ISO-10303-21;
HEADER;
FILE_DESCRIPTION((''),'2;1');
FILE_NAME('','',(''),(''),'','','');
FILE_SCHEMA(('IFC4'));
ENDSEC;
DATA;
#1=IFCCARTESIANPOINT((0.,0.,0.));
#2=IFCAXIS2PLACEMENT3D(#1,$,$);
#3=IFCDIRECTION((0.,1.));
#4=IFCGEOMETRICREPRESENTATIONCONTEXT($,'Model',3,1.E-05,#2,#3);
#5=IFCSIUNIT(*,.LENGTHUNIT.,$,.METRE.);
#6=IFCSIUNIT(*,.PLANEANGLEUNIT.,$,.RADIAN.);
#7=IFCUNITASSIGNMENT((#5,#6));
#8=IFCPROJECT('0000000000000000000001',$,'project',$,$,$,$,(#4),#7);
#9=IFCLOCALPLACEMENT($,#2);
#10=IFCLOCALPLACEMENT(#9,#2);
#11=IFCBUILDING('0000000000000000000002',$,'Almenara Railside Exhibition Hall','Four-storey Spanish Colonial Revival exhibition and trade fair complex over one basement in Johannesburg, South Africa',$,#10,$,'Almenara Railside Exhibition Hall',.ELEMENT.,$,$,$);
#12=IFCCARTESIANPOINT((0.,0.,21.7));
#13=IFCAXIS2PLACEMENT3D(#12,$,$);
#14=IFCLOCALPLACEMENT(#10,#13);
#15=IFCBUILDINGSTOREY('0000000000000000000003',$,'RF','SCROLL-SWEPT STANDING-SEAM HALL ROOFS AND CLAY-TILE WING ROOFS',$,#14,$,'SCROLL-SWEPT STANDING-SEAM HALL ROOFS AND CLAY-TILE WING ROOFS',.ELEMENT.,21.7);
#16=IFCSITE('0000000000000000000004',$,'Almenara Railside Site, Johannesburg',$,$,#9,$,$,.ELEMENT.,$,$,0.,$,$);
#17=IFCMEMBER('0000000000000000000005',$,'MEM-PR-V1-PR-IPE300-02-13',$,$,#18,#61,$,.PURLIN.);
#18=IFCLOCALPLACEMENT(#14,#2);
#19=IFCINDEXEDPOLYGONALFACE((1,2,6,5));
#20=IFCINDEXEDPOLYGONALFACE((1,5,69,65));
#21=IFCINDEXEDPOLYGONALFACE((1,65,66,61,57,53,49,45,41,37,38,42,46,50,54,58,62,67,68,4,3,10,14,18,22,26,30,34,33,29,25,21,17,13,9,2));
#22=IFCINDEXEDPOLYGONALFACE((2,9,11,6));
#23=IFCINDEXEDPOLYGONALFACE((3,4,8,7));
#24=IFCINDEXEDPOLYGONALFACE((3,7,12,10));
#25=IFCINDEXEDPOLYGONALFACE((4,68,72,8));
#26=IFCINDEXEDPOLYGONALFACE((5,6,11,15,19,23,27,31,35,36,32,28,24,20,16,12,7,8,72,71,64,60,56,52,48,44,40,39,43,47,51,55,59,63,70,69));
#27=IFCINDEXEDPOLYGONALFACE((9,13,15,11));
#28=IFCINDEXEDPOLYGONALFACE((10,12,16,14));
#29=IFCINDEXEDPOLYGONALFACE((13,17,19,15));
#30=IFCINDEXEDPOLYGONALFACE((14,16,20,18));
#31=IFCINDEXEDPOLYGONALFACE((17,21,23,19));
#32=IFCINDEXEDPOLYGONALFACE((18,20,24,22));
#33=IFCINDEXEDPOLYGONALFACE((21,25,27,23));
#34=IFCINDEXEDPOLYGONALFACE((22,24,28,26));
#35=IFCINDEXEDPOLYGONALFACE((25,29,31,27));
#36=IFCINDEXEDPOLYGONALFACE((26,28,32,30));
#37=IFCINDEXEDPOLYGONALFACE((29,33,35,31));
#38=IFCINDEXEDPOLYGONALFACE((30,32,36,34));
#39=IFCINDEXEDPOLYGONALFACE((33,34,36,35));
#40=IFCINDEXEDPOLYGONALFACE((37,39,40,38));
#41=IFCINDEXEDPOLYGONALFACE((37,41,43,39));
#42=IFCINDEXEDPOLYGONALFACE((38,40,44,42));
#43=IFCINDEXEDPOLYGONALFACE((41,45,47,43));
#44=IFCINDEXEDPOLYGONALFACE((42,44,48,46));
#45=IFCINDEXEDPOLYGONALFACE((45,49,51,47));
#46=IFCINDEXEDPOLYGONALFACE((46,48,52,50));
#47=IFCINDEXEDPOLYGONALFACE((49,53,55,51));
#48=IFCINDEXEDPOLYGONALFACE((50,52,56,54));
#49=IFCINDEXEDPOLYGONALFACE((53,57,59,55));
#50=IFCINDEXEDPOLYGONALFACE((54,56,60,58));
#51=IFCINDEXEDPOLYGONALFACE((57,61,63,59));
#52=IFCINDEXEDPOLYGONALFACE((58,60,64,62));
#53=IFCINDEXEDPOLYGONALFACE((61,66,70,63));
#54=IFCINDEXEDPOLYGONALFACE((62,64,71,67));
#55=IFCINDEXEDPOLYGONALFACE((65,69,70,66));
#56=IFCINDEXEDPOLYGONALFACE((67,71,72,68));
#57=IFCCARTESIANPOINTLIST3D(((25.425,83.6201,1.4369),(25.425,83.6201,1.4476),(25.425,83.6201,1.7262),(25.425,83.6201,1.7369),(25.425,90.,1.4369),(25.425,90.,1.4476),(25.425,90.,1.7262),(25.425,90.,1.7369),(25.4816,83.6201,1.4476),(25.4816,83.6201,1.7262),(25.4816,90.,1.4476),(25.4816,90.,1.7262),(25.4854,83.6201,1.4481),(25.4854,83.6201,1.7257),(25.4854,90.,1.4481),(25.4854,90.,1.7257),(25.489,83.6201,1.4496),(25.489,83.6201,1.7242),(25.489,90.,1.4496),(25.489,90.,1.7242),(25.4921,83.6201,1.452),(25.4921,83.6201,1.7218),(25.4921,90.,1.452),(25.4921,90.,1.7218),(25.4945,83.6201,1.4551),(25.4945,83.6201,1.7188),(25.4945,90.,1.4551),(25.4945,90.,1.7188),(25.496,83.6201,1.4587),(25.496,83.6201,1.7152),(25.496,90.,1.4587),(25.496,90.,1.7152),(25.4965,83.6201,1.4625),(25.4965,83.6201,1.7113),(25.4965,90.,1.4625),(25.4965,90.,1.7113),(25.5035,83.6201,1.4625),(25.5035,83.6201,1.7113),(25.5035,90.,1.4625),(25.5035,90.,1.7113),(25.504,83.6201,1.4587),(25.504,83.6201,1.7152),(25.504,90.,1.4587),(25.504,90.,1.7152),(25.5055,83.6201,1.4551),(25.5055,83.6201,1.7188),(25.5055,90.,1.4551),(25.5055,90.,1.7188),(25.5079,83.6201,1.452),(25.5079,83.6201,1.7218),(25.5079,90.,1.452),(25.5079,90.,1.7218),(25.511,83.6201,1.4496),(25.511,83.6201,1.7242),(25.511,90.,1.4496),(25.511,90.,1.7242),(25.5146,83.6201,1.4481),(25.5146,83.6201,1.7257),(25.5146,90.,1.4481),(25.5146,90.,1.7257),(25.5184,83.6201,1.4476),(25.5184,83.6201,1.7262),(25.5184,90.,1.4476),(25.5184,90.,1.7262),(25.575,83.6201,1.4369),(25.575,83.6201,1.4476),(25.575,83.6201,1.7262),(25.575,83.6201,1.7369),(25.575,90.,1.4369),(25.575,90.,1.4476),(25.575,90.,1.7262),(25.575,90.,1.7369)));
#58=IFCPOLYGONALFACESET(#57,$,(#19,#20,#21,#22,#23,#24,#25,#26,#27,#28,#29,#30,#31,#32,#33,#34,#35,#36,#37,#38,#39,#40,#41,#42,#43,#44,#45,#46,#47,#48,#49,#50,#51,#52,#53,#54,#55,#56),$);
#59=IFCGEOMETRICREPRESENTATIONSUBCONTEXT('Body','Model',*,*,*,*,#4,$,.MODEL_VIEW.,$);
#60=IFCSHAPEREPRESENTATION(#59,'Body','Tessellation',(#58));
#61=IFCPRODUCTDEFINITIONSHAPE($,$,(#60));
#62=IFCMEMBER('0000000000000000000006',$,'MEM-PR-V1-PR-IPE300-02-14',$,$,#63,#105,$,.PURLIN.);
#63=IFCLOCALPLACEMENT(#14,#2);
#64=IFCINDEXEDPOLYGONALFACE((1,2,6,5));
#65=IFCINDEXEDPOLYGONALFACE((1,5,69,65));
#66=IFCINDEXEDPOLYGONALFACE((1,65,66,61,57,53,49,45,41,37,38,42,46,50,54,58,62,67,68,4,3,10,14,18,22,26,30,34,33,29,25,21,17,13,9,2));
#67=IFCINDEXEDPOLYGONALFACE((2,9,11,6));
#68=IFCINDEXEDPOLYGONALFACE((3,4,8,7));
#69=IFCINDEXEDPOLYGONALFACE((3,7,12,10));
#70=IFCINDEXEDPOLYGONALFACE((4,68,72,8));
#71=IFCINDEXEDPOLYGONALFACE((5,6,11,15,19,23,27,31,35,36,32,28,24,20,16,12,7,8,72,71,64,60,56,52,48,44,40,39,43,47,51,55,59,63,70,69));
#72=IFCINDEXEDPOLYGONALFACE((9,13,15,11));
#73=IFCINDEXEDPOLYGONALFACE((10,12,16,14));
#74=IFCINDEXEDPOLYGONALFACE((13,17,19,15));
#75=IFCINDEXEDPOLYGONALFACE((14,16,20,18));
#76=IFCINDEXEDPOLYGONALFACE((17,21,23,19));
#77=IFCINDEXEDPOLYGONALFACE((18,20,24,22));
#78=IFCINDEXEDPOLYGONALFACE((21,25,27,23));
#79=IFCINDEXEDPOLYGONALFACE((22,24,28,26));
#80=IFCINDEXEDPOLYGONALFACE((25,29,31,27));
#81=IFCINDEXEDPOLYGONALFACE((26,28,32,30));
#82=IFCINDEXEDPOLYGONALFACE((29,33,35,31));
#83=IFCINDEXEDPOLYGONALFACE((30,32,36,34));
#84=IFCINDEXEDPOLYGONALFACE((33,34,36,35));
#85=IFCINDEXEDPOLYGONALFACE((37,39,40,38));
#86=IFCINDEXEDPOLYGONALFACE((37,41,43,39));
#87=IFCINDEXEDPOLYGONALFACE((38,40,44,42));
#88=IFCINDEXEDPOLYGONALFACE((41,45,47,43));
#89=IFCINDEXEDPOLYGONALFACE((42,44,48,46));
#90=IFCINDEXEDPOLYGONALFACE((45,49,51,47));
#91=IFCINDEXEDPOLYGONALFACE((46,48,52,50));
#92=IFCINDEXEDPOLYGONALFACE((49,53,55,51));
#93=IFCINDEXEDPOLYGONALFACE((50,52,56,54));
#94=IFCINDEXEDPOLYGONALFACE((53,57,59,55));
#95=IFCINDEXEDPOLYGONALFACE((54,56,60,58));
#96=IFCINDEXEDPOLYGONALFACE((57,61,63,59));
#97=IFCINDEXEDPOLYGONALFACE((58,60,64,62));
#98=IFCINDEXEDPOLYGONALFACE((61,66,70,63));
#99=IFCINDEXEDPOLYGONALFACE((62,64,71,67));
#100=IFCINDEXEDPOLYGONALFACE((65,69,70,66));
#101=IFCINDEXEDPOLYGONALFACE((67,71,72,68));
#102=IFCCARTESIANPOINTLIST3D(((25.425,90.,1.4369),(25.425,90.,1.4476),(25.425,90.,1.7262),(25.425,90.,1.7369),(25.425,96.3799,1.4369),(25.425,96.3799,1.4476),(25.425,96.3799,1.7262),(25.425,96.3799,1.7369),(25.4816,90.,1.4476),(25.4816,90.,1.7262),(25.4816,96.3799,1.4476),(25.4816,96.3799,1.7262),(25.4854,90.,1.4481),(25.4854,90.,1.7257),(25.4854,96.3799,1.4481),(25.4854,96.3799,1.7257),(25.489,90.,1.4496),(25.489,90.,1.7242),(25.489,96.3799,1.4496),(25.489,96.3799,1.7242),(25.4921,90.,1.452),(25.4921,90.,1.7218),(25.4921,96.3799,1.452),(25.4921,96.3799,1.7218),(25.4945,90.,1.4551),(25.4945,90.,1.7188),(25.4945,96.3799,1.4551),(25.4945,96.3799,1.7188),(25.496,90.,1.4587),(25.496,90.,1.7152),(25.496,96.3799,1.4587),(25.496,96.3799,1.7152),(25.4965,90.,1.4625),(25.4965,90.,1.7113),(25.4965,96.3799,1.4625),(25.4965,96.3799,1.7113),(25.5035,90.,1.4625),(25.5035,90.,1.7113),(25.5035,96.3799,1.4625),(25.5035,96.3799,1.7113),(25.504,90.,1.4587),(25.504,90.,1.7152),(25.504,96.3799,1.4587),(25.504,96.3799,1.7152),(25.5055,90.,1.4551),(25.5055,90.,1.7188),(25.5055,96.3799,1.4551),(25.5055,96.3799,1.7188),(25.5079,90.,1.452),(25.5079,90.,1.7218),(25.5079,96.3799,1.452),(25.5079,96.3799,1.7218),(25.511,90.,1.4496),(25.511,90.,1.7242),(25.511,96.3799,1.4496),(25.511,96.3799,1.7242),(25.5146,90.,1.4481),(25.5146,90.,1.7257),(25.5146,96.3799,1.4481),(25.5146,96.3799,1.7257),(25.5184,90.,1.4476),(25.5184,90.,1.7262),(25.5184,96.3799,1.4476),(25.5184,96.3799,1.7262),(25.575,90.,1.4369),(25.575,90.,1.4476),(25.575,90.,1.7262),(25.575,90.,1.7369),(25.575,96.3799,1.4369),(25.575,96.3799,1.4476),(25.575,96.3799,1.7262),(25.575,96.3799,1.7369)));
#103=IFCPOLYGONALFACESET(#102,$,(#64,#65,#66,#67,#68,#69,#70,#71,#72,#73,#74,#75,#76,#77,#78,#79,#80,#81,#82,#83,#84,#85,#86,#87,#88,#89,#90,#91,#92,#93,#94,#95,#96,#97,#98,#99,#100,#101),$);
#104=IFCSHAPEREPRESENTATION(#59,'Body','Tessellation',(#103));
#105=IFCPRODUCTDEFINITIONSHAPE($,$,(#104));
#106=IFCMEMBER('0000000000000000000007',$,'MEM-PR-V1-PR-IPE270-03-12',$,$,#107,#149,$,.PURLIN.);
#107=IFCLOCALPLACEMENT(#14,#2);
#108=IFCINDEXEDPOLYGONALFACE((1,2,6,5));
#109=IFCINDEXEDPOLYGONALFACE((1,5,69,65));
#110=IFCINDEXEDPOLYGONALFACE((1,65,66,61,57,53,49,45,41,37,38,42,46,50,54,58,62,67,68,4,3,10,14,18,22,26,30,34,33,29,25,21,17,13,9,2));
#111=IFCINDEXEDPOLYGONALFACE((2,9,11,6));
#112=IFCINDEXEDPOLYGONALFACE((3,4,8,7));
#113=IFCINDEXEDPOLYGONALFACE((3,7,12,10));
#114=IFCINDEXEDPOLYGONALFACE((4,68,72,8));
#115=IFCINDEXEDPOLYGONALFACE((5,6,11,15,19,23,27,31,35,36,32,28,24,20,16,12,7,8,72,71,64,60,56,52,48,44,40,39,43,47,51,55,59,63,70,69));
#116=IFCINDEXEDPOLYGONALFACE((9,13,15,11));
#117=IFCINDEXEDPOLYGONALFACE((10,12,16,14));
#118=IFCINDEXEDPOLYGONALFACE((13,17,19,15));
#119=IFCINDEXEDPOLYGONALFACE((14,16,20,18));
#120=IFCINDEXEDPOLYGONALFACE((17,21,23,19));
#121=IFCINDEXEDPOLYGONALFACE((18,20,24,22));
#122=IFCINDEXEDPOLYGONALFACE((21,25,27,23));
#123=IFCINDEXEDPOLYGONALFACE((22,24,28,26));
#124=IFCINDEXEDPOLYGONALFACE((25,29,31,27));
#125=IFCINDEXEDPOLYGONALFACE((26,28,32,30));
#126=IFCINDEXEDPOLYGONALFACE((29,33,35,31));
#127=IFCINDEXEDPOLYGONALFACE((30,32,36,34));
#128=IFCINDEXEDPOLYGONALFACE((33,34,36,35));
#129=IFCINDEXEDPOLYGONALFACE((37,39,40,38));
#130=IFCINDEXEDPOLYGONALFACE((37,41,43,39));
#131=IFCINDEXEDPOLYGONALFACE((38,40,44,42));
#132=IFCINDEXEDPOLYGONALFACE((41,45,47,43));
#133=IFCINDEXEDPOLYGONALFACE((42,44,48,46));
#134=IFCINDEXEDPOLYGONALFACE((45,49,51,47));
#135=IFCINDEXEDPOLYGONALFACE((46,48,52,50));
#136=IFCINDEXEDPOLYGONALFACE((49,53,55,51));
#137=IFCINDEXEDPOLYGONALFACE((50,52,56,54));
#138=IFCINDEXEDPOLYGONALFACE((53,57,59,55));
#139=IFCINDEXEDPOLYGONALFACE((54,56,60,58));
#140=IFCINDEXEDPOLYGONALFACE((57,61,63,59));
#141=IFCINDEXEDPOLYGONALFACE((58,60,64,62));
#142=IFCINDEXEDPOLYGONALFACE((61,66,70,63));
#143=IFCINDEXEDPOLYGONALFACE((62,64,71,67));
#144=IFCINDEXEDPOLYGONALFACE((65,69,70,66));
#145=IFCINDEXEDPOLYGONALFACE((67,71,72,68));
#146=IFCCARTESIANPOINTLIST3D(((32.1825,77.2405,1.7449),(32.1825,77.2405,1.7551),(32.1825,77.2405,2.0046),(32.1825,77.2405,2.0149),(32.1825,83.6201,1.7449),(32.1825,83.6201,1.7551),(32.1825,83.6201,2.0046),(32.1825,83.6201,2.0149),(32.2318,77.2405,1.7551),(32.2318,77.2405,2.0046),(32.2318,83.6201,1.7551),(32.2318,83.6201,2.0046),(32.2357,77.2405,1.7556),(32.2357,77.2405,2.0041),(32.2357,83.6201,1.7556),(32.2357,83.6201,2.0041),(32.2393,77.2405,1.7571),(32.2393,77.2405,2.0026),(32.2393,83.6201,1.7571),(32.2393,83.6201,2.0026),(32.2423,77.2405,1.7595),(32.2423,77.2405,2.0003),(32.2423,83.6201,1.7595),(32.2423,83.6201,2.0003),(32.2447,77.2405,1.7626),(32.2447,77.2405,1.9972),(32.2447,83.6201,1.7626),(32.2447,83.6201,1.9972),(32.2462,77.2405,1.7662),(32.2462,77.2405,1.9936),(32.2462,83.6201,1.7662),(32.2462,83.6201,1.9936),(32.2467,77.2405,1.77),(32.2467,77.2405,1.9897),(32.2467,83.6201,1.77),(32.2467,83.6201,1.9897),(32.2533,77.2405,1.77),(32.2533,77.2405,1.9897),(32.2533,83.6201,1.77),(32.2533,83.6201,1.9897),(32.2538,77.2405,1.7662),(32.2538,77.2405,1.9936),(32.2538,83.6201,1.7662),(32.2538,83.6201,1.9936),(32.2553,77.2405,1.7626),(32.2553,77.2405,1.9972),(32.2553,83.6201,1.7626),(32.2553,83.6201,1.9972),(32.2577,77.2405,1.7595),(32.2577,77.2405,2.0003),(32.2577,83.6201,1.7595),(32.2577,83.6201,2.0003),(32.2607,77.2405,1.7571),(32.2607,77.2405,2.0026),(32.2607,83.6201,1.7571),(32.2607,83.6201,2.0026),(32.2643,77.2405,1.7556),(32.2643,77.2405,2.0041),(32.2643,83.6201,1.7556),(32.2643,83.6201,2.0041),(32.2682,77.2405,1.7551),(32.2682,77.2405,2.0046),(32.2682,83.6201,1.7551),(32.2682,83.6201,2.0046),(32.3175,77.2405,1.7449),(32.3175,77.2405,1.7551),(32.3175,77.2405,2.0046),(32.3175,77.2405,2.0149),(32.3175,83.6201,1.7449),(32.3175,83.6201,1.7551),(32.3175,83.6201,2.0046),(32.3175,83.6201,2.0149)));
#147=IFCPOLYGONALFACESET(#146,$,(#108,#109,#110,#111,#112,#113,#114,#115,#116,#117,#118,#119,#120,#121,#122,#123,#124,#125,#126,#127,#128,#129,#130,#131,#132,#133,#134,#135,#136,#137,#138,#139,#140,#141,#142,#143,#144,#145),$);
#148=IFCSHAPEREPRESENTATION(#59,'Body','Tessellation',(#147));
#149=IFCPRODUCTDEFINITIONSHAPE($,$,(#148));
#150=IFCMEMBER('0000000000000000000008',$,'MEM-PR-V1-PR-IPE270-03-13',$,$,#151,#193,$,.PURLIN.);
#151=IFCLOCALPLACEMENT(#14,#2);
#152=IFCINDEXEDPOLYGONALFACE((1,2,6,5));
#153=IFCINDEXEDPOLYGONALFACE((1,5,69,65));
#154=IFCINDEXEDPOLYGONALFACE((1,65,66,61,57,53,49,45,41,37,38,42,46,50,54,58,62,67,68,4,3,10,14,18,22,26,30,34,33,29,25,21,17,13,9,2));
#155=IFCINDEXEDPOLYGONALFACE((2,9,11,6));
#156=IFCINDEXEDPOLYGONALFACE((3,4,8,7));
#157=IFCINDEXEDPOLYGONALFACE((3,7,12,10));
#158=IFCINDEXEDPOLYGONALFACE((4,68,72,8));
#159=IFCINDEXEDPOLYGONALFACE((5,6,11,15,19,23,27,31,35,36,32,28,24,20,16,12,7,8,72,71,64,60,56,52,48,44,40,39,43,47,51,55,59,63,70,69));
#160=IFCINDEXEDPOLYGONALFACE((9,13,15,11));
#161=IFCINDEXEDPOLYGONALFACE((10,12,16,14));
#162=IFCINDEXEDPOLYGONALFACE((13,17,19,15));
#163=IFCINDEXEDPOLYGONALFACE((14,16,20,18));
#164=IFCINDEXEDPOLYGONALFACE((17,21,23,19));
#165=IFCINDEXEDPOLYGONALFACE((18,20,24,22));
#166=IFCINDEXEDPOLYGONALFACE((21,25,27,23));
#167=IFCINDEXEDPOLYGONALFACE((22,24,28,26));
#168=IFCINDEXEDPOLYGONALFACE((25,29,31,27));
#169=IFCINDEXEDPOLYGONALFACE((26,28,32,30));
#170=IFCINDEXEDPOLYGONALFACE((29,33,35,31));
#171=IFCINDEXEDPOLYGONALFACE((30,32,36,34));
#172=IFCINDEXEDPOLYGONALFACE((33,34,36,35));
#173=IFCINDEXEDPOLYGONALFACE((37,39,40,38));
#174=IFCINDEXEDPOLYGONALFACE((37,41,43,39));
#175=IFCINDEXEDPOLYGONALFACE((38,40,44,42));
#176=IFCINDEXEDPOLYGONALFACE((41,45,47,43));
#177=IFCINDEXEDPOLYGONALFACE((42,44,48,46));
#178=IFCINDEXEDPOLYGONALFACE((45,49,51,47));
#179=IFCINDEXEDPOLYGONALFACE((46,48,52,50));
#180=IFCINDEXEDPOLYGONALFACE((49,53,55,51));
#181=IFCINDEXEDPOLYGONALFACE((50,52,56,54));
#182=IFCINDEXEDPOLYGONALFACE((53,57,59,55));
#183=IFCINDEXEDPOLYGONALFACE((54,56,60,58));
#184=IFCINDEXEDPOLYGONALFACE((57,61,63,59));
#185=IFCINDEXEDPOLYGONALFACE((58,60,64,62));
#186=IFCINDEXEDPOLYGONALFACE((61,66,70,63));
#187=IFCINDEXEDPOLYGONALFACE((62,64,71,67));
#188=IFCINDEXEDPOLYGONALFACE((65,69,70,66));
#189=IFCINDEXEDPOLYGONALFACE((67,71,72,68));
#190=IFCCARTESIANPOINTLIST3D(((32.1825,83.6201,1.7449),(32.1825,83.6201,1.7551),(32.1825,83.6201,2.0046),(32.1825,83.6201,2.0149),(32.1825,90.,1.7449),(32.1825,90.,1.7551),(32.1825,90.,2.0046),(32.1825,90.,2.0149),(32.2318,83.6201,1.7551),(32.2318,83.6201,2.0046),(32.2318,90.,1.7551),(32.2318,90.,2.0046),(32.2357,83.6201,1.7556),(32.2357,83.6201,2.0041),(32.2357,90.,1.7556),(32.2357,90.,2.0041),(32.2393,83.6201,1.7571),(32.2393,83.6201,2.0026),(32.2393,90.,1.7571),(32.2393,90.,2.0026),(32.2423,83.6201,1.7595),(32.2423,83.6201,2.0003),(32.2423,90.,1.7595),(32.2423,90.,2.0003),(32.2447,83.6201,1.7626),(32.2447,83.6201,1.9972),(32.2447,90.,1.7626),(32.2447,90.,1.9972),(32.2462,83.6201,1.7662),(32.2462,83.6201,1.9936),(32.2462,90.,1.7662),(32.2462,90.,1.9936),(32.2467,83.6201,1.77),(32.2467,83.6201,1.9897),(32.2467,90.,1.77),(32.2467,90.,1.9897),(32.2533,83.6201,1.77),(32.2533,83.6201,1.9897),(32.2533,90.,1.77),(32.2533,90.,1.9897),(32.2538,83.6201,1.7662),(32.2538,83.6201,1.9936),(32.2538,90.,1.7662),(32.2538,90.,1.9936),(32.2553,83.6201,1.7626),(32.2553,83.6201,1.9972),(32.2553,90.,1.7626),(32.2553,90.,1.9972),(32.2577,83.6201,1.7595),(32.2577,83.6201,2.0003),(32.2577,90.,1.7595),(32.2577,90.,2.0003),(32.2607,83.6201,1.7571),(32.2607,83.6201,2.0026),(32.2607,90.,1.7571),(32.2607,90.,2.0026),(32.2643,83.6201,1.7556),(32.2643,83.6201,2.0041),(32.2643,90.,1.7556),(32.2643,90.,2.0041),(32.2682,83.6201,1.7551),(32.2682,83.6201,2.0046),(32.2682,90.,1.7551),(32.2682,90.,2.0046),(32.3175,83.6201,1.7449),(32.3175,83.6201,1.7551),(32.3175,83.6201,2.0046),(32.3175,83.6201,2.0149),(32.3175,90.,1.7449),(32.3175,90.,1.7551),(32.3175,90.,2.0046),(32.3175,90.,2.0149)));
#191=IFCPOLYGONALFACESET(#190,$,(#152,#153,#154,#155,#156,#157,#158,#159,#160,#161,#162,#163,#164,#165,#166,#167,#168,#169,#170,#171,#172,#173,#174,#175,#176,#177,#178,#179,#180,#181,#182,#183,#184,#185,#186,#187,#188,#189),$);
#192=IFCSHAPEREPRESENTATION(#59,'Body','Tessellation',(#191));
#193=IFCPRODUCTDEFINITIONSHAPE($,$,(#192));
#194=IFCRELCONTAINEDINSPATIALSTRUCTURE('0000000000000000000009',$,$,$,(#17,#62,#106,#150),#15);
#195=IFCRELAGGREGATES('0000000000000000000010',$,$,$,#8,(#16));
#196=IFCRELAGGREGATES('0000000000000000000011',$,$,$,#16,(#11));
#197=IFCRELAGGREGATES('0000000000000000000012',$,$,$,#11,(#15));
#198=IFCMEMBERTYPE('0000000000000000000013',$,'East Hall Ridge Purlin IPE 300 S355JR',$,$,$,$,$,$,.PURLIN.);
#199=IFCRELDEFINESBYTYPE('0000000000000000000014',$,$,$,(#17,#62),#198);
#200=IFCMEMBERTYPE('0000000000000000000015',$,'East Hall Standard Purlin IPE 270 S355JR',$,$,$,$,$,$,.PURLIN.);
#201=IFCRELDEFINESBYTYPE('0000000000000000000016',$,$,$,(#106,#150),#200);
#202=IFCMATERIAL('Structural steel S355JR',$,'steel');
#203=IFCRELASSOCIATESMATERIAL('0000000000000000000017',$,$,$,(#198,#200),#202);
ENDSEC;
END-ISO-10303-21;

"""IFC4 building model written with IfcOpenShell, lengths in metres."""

from ifc_helpers import new_model, si_unit, direction, frame, origin, origin_2d, place, context, subcontext, project, spatial, i_section, extrude, material, material_profile, profile_set, type_object, element, save


model = new_model("IFC4")

# Units and contexts
model_context = context("Model", 3, precision=1e-05, world=origin(), true_north=direction((0.0, 1.0)))
body_context = subcontext(model_context, "Body", "Model", "MODEL_VIEW")
ifc_project = project(units=[si_unit("LENGTHUNIT", "METRE"), si_unit("PLANEANGLEUNIT", "RADIAN")], contexts=[model_context])

# Site, building, storey
site_placement = place(None, origin())
site = spatial("IfcSite", under=ifc_project, at=site_placement, Name="Almenara Railside Site, Johannesburg", CompositionType="ELEMENT", RefElevation=0.0)
building_placement = place(site_placement, origin())
building = spatial("IfcBuilding", under=site, at=building_placement, Name="Almenara Railside Exhibition Hall", Description="Four-storey Spanish Colonial Revival exhibition and trade fair complex over one basement in Johannesburg, South Africa", LongName="Almenara Railside Exhibition Hall", CompositionType="ELEMENT")
storey_placement = place(building_placement, frame((0.0, 0.0, 21.7)))
storey = spatial("IfcBuildingStorey", under=building, at=storey_placement, Name="RF", Description="SCROLL-SWEPT STANDING-SEAM HALL ROOFS AND CLAY-TILE WING ROOFS", LongName="SCROLL-SWEPT STANDING-SEAM HALL ROOFS AND CLAY-TILE WING ROOFS", CompositionType="ELEMENT", Elevation=21.7)

# Members
ifc_material_1 = material(Name="Structural steel S355JR", Category="steel")
ifc_material_profile_1 = material_profile(ifc_material_1, i_section(OverallWidth=0.1499, OverallDepth=0.3, WebThickness=0.0071, FlangeThickness=0.0107, FilletRadius=0.0149, at=origin_2d()), Name="IPE 300")
ifc_profile_set_1 = profile_set([ifc_material_profile_1], Name="Structural steel S355JR")
member_type_1 = type_object("IfcMemberType", Name="East Hall Ridge Purlin IPE 300 S355JR", PredefinedType="PURLIN", material=ifc_profile_set_1)
for number, where, z_axis, x_axis, name in (
    (1, (25.5, 83.6201, 1.5869), (0.0, 1.0, 0.0), (-1.0, 0.0, 0.0), "MEM-PR-V1-PR-IPE300-02-13"),
    (2, (25.5, 90.0, 1.5869), (0.0, 1.0, 0.0), (-1.0, 0.0, 0.0), "MEM-PR-V1-PR-IPE300-02-14"),
):
    element("IfcMember", number, at=place(storey_placement, frame(where, z_axis=z_axis, x_axis=x_axis)), inside=storey, type_object=member_type_1, Name=name, PredefinedType="PURLIN", context=body_context, shape_type="SweptSolid", body=[
        extrude(i_section(OverallWidth=0.1499, OverallDepth=0.3, WebThickness=0.0071, FlangeThickness=0.0107, FilletRadius=0.0149, at=origin_2d()), origin(), (0.0, 0.0, 1.0), 6.3799),
    ])
ifc_material_profile_2 = material_profile(ifc_material_1, i_section(OverallWidth=0.135, OverallDepth=0.27, WebThickness=0.0066, FlangeThickness=0.0103, FilletRadius=0.0149, at=origin_2d()), Name="IPE 270")
ifc_profile_set_2 = profile_set([ifc_material_profile_2], Name="Structural steel S355JR")
member_type_2 = type_object("IfcMemberType", Name="East Hall Standard Purlin IPE 270 S355JR", PredefinedType="PURLIN", material=ifc_profile_set_2)
member_1_placement = place(storey_placement, frame((32.25, 77.2405, 1.8799), z_axis=(0.0, 1.0, 0.0), x_axis=(-1.0, 0.0, 0.0)))
element("IfcMember", 3, at=member_1_placement, inside=storey, type_object=member_type_2, Name="MEM-PR-V1-PR-IPE270-03-12", PredefinedType="PURLIN", context=body_context, shape_type="SweptSolid", body=[
    extrude(i_section(OverallWidth=0.135, OverallDepth=0.27, WebThickness=0.0066, FlangeThickness=0.0103, FilletRadius=0.0149, at=origin_2d()), origin(), (0.0, 0.0, 1.0), 6.3796),
])
for number, where, z_axis, x_axis, name in (
    (4, (32.25, 83.6201, 1.8799), (0.0, 1.0, 0.0), (-1.0, 0.0, 0.0), "MEM-PR-V1-PR-IPE270-03-13"),
):
    element("IfcMember", number, at=place(storey_placement, frame(where, z_axis=z_axis, x_axis=x_axis)), inside=storey, type_object=member_type_2, Name=name, PredefinedType="PURLIN", context=body_context, shape_type="SweptSolid", body=[
        extrude(i_section(OverallWidth=0.135, OverallDepth=0.27, WebThickness=0.0066, FlangeThickness=0.0103, FilletRadius=0.0149, at=origin_2d()), origin(), (0.0, 0.0, 1.0), 6.3799),
    ])

save(model, "model.ifc")
